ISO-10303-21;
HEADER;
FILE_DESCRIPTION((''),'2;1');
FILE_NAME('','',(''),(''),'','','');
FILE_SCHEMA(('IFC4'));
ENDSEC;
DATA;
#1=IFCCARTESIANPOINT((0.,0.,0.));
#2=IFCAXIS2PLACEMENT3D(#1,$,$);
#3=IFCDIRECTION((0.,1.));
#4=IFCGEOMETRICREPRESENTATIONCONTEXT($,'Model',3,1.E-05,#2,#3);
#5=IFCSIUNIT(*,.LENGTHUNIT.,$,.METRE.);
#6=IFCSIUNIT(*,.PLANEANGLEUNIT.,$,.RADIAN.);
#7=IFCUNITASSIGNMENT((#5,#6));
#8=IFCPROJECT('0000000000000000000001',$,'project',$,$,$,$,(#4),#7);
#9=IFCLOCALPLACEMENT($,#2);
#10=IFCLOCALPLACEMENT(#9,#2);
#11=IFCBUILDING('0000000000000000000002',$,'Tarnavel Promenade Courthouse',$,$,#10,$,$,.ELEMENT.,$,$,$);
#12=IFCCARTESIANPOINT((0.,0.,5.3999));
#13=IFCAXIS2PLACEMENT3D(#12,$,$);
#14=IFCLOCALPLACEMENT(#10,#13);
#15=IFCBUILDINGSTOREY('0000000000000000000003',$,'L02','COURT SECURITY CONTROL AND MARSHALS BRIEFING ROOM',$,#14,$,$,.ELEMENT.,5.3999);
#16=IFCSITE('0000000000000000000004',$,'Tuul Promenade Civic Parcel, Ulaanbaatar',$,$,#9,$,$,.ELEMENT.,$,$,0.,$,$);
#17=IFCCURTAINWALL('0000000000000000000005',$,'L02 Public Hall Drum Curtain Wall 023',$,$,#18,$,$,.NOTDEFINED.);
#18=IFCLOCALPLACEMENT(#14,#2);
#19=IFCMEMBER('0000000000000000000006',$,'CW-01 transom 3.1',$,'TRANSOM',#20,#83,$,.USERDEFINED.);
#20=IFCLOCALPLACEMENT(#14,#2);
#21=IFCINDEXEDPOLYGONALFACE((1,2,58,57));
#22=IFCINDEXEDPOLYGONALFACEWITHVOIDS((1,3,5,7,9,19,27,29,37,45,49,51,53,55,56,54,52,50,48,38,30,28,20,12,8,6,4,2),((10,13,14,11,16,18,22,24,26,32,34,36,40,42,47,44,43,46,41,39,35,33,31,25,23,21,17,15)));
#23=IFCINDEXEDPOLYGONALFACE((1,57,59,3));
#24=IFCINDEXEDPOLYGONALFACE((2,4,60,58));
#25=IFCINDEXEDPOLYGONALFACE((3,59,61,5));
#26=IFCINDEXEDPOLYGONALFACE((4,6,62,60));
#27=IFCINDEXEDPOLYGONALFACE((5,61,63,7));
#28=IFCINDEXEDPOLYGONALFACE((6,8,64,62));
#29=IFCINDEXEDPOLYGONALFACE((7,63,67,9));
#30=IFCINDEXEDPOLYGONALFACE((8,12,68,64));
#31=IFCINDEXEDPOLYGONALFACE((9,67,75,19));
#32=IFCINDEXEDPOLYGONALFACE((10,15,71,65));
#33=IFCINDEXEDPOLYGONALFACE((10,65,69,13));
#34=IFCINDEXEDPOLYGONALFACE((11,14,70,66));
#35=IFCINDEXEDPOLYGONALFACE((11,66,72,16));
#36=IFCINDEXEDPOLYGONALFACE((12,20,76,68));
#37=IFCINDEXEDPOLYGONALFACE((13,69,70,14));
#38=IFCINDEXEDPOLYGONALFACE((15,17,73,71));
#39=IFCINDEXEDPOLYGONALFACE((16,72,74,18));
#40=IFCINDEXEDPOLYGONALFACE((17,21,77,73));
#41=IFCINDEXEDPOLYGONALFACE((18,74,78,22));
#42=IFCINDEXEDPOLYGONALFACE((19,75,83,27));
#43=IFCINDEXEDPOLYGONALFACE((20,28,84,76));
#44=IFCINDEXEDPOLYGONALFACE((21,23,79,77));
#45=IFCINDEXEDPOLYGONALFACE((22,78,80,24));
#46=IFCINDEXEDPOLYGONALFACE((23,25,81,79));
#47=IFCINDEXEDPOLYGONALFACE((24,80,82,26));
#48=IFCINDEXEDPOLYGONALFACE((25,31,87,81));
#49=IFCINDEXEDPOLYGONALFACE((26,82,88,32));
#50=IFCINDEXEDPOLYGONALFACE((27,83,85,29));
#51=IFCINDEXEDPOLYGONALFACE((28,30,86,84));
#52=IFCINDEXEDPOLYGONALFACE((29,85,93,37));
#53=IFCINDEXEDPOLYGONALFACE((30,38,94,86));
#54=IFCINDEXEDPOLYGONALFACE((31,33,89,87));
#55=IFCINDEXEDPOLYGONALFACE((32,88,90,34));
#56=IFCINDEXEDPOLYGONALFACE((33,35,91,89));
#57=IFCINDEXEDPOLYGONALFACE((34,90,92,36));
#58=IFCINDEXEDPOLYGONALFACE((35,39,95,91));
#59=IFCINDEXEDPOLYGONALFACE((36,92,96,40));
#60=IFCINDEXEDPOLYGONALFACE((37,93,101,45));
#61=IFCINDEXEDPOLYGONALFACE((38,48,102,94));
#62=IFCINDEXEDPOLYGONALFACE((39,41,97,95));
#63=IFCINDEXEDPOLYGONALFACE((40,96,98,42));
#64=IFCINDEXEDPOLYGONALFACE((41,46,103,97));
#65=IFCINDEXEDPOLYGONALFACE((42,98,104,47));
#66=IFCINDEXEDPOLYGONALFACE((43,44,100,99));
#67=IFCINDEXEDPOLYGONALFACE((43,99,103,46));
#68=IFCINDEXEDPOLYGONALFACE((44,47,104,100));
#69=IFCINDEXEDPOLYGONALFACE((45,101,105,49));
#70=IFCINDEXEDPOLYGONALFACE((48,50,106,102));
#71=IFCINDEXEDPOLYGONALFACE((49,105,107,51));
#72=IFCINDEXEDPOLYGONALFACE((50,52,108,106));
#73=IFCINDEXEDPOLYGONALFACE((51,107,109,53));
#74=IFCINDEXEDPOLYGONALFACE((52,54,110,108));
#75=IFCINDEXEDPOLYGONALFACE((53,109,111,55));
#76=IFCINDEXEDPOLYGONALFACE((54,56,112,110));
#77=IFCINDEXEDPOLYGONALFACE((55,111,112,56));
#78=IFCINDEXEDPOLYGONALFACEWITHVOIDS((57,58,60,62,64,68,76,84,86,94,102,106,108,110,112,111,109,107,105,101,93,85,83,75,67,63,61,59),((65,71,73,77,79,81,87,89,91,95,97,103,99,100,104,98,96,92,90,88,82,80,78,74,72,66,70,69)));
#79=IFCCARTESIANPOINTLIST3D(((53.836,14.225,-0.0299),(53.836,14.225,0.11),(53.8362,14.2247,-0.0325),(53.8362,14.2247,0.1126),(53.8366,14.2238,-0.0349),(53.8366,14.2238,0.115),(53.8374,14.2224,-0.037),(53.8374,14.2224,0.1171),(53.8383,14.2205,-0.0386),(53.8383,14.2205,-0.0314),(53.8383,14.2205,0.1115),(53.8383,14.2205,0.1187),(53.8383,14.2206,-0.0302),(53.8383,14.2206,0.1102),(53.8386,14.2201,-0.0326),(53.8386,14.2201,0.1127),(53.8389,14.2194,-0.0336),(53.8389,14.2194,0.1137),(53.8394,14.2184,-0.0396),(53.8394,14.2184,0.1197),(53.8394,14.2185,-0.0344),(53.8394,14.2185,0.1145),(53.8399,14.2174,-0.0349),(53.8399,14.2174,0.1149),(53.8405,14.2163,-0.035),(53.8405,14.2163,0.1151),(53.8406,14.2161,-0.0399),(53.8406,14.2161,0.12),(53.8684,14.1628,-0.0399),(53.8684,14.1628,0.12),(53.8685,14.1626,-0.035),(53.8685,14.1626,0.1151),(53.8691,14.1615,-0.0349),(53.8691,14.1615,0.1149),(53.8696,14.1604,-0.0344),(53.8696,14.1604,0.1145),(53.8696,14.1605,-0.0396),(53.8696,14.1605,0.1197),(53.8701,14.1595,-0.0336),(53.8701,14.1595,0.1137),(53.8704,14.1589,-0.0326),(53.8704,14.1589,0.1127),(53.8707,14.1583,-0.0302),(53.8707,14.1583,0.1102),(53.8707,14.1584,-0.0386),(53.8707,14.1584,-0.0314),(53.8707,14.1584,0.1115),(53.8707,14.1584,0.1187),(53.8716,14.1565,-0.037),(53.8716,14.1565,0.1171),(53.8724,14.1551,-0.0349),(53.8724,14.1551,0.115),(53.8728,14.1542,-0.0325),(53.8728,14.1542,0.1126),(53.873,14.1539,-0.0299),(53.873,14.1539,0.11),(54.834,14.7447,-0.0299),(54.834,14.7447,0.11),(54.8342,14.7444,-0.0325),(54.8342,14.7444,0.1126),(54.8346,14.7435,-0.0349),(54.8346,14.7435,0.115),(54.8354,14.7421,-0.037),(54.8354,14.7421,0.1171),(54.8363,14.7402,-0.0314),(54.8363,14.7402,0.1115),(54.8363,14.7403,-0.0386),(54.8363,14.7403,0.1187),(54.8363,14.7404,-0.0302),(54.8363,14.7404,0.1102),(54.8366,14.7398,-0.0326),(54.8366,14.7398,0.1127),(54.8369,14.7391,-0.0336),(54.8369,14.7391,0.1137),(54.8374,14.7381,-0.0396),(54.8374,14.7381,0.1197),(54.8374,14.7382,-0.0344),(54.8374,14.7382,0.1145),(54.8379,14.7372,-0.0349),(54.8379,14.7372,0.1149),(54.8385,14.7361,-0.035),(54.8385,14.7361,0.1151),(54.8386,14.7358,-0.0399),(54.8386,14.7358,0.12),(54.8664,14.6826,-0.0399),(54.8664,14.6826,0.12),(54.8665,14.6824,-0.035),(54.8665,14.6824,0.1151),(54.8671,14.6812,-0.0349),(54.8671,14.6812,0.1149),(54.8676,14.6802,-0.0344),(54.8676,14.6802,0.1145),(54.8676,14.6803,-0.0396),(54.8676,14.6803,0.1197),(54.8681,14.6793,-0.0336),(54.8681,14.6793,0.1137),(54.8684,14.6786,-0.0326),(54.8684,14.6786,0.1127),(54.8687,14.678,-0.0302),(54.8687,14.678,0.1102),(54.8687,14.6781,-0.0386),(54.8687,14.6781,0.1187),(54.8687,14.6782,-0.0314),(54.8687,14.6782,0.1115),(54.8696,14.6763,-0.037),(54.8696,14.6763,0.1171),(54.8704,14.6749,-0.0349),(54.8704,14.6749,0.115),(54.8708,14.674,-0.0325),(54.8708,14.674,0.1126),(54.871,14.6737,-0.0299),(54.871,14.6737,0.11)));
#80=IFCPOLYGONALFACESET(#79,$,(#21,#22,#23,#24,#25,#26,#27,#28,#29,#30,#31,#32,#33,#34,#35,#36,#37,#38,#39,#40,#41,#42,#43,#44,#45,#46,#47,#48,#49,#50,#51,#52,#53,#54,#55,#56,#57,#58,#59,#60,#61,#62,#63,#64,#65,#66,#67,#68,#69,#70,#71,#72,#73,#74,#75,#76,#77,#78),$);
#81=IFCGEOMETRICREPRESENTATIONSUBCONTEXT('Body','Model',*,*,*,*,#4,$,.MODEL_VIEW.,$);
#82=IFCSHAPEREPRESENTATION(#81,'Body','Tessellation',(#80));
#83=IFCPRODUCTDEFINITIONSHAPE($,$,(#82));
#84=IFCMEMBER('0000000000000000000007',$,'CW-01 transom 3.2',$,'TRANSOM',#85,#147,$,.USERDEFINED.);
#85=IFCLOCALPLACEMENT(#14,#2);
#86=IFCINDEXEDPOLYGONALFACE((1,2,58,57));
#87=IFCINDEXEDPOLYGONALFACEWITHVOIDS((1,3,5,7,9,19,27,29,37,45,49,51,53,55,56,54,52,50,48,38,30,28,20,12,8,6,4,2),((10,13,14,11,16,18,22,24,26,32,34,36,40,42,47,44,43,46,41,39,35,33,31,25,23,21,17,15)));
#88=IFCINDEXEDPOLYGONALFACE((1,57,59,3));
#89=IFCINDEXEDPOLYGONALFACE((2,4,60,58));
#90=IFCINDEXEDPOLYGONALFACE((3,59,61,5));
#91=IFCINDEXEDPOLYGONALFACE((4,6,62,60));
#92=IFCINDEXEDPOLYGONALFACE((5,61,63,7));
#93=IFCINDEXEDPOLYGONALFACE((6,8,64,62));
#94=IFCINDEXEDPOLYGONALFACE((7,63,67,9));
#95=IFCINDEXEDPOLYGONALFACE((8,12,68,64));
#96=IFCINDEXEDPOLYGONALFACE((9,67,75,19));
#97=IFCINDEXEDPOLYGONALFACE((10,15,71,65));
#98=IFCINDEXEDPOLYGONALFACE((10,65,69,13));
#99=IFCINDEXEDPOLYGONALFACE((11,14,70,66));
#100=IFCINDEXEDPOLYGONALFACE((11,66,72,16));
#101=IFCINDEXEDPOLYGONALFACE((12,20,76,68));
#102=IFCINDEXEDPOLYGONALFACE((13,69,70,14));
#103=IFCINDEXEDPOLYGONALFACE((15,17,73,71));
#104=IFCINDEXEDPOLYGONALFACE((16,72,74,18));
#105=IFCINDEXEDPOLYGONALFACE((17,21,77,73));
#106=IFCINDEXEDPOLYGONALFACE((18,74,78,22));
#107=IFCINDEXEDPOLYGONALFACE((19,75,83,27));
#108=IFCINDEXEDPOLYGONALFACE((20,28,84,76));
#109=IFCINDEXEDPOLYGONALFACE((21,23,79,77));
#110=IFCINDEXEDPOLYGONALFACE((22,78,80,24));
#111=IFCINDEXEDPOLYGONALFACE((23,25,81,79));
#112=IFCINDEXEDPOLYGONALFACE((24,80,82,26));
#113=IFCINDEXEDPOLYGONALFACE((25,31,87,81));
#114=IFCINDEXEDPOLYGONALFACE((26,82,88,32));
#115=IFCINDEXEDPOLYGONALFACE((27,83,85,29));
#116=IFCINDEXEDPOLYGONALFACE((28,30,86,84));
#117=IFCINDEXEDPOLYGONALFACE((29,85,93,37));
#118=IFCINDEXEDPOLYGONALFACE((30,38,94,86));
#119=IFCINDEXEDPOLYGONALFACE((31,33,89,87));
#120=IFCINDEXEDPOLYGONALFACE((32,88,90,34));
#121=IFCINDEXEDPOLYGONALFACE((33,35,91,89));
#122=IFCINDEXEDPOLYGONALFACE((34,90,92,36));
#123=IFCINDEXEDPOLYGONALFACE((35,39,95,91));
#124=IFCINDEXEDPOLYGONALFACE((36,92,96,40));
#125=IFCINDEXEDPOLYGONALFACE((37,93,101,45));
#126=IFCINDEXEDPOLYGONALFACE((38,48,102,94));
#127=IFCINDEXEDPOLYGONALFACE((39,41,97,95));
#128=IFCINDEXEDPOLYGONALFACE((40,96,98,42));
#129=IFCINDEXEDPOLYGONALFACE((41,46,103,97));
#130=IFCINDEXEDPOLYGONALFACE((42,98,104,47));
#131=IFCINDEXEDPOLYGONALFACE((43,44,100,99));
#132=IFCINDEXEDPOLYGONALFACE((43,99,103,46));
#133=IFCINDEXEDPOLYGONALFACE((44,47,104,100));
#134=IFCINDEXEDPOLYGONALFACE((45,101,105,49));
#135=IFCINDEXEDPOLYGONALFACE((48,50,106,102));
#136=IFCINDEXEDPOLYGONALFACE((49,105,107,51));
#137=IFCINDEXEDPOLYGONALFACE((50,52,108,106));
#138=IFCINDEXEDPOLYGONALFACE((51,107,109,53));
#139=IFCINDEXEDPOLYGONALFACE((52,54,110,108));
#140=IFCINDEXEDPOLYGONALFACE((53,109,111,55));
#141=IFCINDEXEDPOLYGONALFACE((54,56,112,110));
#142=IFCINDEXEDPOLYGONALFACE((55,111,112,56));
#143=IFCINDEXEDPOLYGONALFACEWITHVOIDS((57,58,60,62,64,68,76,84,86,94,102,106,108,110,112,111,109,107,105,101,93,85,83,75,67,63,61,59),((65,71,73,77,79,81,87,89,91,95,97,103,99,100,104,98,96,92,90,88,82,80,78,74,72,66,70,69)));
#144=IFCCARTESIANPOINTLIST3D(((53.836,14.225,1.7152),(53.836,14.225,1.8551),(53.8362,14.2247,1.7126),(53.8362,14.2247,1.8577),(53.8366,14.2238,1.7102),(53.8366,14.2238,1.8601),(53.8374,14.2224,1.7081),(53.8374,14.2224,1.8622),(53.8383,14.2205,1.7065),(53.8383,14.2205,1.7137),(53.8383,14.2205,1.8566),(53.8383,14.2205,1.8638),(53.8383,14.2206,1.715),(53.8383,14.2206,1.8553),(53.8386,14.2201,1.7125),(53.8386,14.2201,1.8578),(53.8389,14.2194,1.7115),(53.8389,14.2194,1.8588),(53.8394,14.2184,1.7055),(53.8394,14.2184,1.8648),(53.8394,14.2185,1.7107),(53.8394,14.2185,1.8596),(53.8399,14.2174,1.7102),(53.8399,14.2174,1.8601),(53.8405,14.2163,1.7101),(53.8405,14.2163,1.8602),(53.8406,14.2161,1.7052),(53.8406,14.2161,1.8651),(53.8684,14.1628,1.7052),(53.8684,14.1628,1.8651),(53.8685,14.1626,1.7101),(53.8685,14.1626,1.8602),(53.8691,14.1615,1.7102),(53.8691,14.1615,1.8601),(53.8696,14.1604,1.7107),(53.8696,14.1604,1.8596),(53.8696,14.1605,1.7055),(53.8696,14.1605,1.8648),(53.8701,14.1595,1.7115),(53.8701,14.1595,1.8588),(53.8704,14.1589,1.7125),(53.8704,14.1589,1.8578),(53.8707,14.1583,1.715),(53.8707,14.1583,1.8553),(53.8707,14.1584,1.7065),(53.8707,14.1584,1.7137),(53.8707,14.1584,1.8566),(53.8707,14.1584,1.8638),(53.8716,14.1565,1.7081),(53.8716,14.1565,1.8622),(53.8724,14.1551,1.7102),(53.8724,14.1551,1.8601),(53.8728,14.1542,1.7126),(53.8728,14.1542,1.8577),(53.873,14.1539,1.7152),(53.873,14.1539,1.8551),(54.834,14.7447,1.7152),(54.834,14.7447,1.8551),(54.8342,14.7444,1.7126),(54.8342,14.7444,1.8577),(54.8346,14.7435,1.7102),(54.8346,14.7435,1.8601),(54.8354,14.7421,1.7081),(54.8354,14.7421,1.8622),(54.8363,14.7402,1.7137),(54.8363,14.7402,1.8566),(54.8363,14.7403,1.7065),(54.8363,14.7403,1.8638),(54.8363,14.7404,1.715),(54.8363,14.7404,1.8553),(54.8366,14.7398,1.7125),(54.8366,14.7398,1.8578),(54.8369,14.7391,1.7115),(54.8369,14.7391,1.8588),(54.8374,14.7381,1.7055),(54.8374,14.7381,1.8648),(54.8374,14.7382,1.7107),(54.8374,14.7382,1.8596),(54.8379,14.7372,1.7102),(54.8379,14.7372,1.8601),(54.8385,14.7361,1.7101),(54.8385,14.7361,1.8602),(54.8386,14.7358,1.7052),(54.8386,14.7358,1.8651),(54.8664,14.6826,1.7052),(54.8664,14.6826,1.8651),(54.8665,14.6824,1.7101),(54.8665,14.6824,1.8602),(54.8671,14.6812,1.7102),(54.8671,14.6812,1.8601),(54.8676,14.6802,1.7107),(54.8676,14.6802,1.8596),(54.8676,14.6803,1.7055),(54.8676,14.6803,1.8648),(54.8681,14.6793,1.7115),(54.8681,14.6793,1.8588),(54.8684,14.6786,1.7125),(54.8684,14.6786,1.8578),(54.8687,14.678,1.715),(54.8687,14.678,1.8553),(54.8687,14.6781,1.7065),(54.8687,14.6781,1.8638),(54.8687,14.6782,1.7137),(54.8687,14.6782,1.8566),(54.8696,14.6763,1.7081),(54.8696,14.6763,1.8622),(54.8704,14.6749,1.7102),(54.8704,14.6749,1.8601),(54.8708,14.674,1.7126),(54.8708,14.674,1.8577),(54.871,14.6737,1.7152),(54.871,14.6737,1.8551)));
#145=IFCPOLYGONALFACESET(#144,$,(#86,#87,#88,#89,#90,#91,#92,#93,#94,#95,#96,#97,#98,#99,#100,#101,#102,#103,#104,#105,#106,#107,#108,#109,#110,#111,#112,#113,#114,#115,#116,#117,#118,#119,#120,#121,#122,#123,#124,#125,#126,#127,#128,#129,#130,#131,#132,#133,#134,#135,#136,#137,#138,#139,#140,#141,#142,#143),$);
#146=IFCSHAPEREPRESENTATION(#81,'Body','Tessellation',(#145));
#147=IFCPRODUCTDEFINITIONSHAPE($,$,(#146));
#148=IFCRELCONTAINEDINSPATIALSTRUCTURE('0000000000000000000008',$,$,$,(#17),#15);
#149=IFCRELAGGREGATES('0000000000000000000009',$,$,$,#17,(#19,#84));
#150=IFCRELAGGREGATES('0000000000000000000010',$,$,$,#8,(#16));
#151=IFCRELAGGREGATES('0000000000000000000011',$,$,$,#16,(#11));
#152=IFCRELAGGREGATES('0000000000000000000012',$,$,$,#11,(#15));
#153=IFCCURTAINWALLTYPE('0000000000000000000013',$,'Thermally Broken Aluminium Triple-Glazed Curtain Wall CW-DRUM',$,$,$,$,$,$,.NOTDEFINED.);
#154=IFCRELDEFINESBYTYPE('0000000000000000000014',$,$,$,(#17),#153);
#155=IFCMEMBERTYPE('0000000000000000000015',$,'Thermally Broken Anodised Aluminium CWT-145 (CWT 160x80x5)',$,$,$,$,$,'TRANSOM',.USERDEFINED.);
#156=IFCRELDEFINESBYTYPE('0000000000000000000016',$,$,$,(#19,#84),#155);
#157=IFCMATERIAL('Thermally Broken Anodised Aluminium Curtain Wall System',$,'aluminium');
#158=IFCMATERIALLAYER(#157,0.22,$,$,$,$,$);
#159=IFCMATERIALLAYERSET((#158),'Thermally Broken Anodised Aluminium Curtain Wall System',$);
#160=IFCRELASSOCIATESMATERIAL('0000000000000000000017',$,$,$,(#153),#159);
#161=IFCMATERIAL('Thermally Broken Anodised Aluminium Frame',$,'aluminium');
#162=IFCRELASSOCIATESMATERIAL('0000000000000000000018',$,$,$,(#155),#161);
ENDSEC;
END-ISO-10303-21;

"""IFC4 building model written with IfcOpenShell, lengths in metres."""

from ifc_helpers import new_model, si_unit, direction, frame, origin, origin_2d, place, context, subcontext, project, spatial, hollow_rectangle, extrude, material, layer, layer_set, material_profile, profile_set, type_object, element, aggregate, save


model = new_model("IFC4")

# Units and contexts
model_context = context("Model", 3, precision=1e-05, world=origin(), true_north=direction((0.0, 1.0)))
body_context = subcontext(model_context, "Body", "Model", "MODEL_VIEW")
ifc_project = project(units=[si_unit("LENGTHUNIT", "METRE"), si_unit("PLANEANGLEUNIT", "RADIAN")], contexts=[model_context])

# Site, building, storey
site_placement = place(None, origin())
site = spatial("IfcSite", under=ifc_project, at=site_placement, Name="Tuul Promenade Civic Parcel, Ulaanbaatar", CompositionType="ELEMENT", RefElevation=0.0)
building_placement = place(site_placement, origin())
building = spatial("IfcBuilding", under=site, at=building_placement, Name="Tarnavel Promenade Courthouse", CompositionType="ELEMENT")
storey_placement = place(building_placement, frame((0.0, 0.0, 5.3999)))
storey = spatial("IfcBuildingStorey", under=building, at=storey_placement, Name="L02", Description="COURT SECURITY CONTROL AND MARSHALS BRIEFING ROOM", CompositionType="ELEMENT", Elevation=5.3999)

# Curtain wall
ifc_material_1 = material(Name="Thermally Broken Anodised Aluminium Curtain Wall System", Category="aluminium")
ifc_layer_1 = layer(ifc_material_1, 0.22)
ifc_layer_set_1 = layer_set([ifc_layer_1], Name="Thermally Broken Anodised Aluminium Curtain Wall System")
curtain_wall_type = type_object("IfcCurtainWallType", Name="Thermally Broken Aluminium Triple-Glazed Curtain Wall CW-DRUM", PredefinedType="NOTDEFINED", material=ifc_layer_set_1)
curtain_wall_1_placement = place(storey_placement, origin())
curtain_wall_1 = element("IfcCurtainWall", 1, at=curtain_wall_1_placement, inside=storey, type_object=curtain_wall_type, Name="L02 Public Hall Drum Curtain Wall 023", PredefinedType="NOTDEFINED")
ifc_material_2 = material(Name="Thermally Broken Anodised Aluminium Frame", Category="aluminium")

# Members
ifc_material_profile_1 = material_profile(ifc_material_2, hollow_rectangle(XDim=0.0801, YDim=0.1599, WallThickness=0.0049, InnerFilletRadius=0.0049, OuterFilletRadius=0.01, at=origin_2d()), Name="CWT 160x80x5")
ifc_profile_set_1 = profile_set([ifc_material_profile_1], Name="Thermally Broken Anodised Aluminium Frame")
member_type_1 = type_object("IfcMemberType", Name="Thermally Broken Anodised Aluminium CWT-145 (CWT 160x80x5)", ElementType="TRANSOM", PredefinedType="USERDEFINED", material=ifc_profile_set_1)
member_1_placement = place(storey_placement, frame((53.8545, 14.1895, 0.04), z_axis=(0.886929, 0.461906, 0.0), x_axis=(-0.461906, 0.886929, 0.0)))
member_1 = element("IfcMember", 2, at=member_1_placement, type_object=member_type_1, Name="CW-01 transom 3.1", ObjectType="TRANSOM", PredefinedType="USERDEFINED", context=body_context, shape_type="SweptSolid", body=[
    extrude(hollow_rectangle(XDim=0.0801, YDim=0.1599, WallThickness=0.0049, InnerFilletRadius=0.0049, OuterFilletRadius=0.01, at=origin_2d()), origin(), (0.0, 0.0, 1.0), 1.1252),
])
member_2_placement = place(storey_placement, frame((53.8545, 14.1895, 1.7852), z_axis=(0.886929, 0.461906, 0.0), x_axis=(-0.461906, 0.886929, 0.0)))
member_2 = element("IfcMember", 3, at=member_2_placement, type_object=member_type_1, Name="CW-01 transom 3.2", ObjectType="TRANSOM", PredefinedType="USERDEFINED", context=body_context, shape_type="SweptSolid", body=[
    extrude(hollow_rectangle(XDim=0.0801, YDim=0.1599, WallThickness=0.0049, InnerFilletRadius=0.0049, OuterFilletRadius=0.01, at=origin_2d()), origin(), (0.0, 0.0, 1.0), 1.1252),
])

aggregate(curtain_wall_1, [member_1, member_2])

save(model, "model.ifc")
